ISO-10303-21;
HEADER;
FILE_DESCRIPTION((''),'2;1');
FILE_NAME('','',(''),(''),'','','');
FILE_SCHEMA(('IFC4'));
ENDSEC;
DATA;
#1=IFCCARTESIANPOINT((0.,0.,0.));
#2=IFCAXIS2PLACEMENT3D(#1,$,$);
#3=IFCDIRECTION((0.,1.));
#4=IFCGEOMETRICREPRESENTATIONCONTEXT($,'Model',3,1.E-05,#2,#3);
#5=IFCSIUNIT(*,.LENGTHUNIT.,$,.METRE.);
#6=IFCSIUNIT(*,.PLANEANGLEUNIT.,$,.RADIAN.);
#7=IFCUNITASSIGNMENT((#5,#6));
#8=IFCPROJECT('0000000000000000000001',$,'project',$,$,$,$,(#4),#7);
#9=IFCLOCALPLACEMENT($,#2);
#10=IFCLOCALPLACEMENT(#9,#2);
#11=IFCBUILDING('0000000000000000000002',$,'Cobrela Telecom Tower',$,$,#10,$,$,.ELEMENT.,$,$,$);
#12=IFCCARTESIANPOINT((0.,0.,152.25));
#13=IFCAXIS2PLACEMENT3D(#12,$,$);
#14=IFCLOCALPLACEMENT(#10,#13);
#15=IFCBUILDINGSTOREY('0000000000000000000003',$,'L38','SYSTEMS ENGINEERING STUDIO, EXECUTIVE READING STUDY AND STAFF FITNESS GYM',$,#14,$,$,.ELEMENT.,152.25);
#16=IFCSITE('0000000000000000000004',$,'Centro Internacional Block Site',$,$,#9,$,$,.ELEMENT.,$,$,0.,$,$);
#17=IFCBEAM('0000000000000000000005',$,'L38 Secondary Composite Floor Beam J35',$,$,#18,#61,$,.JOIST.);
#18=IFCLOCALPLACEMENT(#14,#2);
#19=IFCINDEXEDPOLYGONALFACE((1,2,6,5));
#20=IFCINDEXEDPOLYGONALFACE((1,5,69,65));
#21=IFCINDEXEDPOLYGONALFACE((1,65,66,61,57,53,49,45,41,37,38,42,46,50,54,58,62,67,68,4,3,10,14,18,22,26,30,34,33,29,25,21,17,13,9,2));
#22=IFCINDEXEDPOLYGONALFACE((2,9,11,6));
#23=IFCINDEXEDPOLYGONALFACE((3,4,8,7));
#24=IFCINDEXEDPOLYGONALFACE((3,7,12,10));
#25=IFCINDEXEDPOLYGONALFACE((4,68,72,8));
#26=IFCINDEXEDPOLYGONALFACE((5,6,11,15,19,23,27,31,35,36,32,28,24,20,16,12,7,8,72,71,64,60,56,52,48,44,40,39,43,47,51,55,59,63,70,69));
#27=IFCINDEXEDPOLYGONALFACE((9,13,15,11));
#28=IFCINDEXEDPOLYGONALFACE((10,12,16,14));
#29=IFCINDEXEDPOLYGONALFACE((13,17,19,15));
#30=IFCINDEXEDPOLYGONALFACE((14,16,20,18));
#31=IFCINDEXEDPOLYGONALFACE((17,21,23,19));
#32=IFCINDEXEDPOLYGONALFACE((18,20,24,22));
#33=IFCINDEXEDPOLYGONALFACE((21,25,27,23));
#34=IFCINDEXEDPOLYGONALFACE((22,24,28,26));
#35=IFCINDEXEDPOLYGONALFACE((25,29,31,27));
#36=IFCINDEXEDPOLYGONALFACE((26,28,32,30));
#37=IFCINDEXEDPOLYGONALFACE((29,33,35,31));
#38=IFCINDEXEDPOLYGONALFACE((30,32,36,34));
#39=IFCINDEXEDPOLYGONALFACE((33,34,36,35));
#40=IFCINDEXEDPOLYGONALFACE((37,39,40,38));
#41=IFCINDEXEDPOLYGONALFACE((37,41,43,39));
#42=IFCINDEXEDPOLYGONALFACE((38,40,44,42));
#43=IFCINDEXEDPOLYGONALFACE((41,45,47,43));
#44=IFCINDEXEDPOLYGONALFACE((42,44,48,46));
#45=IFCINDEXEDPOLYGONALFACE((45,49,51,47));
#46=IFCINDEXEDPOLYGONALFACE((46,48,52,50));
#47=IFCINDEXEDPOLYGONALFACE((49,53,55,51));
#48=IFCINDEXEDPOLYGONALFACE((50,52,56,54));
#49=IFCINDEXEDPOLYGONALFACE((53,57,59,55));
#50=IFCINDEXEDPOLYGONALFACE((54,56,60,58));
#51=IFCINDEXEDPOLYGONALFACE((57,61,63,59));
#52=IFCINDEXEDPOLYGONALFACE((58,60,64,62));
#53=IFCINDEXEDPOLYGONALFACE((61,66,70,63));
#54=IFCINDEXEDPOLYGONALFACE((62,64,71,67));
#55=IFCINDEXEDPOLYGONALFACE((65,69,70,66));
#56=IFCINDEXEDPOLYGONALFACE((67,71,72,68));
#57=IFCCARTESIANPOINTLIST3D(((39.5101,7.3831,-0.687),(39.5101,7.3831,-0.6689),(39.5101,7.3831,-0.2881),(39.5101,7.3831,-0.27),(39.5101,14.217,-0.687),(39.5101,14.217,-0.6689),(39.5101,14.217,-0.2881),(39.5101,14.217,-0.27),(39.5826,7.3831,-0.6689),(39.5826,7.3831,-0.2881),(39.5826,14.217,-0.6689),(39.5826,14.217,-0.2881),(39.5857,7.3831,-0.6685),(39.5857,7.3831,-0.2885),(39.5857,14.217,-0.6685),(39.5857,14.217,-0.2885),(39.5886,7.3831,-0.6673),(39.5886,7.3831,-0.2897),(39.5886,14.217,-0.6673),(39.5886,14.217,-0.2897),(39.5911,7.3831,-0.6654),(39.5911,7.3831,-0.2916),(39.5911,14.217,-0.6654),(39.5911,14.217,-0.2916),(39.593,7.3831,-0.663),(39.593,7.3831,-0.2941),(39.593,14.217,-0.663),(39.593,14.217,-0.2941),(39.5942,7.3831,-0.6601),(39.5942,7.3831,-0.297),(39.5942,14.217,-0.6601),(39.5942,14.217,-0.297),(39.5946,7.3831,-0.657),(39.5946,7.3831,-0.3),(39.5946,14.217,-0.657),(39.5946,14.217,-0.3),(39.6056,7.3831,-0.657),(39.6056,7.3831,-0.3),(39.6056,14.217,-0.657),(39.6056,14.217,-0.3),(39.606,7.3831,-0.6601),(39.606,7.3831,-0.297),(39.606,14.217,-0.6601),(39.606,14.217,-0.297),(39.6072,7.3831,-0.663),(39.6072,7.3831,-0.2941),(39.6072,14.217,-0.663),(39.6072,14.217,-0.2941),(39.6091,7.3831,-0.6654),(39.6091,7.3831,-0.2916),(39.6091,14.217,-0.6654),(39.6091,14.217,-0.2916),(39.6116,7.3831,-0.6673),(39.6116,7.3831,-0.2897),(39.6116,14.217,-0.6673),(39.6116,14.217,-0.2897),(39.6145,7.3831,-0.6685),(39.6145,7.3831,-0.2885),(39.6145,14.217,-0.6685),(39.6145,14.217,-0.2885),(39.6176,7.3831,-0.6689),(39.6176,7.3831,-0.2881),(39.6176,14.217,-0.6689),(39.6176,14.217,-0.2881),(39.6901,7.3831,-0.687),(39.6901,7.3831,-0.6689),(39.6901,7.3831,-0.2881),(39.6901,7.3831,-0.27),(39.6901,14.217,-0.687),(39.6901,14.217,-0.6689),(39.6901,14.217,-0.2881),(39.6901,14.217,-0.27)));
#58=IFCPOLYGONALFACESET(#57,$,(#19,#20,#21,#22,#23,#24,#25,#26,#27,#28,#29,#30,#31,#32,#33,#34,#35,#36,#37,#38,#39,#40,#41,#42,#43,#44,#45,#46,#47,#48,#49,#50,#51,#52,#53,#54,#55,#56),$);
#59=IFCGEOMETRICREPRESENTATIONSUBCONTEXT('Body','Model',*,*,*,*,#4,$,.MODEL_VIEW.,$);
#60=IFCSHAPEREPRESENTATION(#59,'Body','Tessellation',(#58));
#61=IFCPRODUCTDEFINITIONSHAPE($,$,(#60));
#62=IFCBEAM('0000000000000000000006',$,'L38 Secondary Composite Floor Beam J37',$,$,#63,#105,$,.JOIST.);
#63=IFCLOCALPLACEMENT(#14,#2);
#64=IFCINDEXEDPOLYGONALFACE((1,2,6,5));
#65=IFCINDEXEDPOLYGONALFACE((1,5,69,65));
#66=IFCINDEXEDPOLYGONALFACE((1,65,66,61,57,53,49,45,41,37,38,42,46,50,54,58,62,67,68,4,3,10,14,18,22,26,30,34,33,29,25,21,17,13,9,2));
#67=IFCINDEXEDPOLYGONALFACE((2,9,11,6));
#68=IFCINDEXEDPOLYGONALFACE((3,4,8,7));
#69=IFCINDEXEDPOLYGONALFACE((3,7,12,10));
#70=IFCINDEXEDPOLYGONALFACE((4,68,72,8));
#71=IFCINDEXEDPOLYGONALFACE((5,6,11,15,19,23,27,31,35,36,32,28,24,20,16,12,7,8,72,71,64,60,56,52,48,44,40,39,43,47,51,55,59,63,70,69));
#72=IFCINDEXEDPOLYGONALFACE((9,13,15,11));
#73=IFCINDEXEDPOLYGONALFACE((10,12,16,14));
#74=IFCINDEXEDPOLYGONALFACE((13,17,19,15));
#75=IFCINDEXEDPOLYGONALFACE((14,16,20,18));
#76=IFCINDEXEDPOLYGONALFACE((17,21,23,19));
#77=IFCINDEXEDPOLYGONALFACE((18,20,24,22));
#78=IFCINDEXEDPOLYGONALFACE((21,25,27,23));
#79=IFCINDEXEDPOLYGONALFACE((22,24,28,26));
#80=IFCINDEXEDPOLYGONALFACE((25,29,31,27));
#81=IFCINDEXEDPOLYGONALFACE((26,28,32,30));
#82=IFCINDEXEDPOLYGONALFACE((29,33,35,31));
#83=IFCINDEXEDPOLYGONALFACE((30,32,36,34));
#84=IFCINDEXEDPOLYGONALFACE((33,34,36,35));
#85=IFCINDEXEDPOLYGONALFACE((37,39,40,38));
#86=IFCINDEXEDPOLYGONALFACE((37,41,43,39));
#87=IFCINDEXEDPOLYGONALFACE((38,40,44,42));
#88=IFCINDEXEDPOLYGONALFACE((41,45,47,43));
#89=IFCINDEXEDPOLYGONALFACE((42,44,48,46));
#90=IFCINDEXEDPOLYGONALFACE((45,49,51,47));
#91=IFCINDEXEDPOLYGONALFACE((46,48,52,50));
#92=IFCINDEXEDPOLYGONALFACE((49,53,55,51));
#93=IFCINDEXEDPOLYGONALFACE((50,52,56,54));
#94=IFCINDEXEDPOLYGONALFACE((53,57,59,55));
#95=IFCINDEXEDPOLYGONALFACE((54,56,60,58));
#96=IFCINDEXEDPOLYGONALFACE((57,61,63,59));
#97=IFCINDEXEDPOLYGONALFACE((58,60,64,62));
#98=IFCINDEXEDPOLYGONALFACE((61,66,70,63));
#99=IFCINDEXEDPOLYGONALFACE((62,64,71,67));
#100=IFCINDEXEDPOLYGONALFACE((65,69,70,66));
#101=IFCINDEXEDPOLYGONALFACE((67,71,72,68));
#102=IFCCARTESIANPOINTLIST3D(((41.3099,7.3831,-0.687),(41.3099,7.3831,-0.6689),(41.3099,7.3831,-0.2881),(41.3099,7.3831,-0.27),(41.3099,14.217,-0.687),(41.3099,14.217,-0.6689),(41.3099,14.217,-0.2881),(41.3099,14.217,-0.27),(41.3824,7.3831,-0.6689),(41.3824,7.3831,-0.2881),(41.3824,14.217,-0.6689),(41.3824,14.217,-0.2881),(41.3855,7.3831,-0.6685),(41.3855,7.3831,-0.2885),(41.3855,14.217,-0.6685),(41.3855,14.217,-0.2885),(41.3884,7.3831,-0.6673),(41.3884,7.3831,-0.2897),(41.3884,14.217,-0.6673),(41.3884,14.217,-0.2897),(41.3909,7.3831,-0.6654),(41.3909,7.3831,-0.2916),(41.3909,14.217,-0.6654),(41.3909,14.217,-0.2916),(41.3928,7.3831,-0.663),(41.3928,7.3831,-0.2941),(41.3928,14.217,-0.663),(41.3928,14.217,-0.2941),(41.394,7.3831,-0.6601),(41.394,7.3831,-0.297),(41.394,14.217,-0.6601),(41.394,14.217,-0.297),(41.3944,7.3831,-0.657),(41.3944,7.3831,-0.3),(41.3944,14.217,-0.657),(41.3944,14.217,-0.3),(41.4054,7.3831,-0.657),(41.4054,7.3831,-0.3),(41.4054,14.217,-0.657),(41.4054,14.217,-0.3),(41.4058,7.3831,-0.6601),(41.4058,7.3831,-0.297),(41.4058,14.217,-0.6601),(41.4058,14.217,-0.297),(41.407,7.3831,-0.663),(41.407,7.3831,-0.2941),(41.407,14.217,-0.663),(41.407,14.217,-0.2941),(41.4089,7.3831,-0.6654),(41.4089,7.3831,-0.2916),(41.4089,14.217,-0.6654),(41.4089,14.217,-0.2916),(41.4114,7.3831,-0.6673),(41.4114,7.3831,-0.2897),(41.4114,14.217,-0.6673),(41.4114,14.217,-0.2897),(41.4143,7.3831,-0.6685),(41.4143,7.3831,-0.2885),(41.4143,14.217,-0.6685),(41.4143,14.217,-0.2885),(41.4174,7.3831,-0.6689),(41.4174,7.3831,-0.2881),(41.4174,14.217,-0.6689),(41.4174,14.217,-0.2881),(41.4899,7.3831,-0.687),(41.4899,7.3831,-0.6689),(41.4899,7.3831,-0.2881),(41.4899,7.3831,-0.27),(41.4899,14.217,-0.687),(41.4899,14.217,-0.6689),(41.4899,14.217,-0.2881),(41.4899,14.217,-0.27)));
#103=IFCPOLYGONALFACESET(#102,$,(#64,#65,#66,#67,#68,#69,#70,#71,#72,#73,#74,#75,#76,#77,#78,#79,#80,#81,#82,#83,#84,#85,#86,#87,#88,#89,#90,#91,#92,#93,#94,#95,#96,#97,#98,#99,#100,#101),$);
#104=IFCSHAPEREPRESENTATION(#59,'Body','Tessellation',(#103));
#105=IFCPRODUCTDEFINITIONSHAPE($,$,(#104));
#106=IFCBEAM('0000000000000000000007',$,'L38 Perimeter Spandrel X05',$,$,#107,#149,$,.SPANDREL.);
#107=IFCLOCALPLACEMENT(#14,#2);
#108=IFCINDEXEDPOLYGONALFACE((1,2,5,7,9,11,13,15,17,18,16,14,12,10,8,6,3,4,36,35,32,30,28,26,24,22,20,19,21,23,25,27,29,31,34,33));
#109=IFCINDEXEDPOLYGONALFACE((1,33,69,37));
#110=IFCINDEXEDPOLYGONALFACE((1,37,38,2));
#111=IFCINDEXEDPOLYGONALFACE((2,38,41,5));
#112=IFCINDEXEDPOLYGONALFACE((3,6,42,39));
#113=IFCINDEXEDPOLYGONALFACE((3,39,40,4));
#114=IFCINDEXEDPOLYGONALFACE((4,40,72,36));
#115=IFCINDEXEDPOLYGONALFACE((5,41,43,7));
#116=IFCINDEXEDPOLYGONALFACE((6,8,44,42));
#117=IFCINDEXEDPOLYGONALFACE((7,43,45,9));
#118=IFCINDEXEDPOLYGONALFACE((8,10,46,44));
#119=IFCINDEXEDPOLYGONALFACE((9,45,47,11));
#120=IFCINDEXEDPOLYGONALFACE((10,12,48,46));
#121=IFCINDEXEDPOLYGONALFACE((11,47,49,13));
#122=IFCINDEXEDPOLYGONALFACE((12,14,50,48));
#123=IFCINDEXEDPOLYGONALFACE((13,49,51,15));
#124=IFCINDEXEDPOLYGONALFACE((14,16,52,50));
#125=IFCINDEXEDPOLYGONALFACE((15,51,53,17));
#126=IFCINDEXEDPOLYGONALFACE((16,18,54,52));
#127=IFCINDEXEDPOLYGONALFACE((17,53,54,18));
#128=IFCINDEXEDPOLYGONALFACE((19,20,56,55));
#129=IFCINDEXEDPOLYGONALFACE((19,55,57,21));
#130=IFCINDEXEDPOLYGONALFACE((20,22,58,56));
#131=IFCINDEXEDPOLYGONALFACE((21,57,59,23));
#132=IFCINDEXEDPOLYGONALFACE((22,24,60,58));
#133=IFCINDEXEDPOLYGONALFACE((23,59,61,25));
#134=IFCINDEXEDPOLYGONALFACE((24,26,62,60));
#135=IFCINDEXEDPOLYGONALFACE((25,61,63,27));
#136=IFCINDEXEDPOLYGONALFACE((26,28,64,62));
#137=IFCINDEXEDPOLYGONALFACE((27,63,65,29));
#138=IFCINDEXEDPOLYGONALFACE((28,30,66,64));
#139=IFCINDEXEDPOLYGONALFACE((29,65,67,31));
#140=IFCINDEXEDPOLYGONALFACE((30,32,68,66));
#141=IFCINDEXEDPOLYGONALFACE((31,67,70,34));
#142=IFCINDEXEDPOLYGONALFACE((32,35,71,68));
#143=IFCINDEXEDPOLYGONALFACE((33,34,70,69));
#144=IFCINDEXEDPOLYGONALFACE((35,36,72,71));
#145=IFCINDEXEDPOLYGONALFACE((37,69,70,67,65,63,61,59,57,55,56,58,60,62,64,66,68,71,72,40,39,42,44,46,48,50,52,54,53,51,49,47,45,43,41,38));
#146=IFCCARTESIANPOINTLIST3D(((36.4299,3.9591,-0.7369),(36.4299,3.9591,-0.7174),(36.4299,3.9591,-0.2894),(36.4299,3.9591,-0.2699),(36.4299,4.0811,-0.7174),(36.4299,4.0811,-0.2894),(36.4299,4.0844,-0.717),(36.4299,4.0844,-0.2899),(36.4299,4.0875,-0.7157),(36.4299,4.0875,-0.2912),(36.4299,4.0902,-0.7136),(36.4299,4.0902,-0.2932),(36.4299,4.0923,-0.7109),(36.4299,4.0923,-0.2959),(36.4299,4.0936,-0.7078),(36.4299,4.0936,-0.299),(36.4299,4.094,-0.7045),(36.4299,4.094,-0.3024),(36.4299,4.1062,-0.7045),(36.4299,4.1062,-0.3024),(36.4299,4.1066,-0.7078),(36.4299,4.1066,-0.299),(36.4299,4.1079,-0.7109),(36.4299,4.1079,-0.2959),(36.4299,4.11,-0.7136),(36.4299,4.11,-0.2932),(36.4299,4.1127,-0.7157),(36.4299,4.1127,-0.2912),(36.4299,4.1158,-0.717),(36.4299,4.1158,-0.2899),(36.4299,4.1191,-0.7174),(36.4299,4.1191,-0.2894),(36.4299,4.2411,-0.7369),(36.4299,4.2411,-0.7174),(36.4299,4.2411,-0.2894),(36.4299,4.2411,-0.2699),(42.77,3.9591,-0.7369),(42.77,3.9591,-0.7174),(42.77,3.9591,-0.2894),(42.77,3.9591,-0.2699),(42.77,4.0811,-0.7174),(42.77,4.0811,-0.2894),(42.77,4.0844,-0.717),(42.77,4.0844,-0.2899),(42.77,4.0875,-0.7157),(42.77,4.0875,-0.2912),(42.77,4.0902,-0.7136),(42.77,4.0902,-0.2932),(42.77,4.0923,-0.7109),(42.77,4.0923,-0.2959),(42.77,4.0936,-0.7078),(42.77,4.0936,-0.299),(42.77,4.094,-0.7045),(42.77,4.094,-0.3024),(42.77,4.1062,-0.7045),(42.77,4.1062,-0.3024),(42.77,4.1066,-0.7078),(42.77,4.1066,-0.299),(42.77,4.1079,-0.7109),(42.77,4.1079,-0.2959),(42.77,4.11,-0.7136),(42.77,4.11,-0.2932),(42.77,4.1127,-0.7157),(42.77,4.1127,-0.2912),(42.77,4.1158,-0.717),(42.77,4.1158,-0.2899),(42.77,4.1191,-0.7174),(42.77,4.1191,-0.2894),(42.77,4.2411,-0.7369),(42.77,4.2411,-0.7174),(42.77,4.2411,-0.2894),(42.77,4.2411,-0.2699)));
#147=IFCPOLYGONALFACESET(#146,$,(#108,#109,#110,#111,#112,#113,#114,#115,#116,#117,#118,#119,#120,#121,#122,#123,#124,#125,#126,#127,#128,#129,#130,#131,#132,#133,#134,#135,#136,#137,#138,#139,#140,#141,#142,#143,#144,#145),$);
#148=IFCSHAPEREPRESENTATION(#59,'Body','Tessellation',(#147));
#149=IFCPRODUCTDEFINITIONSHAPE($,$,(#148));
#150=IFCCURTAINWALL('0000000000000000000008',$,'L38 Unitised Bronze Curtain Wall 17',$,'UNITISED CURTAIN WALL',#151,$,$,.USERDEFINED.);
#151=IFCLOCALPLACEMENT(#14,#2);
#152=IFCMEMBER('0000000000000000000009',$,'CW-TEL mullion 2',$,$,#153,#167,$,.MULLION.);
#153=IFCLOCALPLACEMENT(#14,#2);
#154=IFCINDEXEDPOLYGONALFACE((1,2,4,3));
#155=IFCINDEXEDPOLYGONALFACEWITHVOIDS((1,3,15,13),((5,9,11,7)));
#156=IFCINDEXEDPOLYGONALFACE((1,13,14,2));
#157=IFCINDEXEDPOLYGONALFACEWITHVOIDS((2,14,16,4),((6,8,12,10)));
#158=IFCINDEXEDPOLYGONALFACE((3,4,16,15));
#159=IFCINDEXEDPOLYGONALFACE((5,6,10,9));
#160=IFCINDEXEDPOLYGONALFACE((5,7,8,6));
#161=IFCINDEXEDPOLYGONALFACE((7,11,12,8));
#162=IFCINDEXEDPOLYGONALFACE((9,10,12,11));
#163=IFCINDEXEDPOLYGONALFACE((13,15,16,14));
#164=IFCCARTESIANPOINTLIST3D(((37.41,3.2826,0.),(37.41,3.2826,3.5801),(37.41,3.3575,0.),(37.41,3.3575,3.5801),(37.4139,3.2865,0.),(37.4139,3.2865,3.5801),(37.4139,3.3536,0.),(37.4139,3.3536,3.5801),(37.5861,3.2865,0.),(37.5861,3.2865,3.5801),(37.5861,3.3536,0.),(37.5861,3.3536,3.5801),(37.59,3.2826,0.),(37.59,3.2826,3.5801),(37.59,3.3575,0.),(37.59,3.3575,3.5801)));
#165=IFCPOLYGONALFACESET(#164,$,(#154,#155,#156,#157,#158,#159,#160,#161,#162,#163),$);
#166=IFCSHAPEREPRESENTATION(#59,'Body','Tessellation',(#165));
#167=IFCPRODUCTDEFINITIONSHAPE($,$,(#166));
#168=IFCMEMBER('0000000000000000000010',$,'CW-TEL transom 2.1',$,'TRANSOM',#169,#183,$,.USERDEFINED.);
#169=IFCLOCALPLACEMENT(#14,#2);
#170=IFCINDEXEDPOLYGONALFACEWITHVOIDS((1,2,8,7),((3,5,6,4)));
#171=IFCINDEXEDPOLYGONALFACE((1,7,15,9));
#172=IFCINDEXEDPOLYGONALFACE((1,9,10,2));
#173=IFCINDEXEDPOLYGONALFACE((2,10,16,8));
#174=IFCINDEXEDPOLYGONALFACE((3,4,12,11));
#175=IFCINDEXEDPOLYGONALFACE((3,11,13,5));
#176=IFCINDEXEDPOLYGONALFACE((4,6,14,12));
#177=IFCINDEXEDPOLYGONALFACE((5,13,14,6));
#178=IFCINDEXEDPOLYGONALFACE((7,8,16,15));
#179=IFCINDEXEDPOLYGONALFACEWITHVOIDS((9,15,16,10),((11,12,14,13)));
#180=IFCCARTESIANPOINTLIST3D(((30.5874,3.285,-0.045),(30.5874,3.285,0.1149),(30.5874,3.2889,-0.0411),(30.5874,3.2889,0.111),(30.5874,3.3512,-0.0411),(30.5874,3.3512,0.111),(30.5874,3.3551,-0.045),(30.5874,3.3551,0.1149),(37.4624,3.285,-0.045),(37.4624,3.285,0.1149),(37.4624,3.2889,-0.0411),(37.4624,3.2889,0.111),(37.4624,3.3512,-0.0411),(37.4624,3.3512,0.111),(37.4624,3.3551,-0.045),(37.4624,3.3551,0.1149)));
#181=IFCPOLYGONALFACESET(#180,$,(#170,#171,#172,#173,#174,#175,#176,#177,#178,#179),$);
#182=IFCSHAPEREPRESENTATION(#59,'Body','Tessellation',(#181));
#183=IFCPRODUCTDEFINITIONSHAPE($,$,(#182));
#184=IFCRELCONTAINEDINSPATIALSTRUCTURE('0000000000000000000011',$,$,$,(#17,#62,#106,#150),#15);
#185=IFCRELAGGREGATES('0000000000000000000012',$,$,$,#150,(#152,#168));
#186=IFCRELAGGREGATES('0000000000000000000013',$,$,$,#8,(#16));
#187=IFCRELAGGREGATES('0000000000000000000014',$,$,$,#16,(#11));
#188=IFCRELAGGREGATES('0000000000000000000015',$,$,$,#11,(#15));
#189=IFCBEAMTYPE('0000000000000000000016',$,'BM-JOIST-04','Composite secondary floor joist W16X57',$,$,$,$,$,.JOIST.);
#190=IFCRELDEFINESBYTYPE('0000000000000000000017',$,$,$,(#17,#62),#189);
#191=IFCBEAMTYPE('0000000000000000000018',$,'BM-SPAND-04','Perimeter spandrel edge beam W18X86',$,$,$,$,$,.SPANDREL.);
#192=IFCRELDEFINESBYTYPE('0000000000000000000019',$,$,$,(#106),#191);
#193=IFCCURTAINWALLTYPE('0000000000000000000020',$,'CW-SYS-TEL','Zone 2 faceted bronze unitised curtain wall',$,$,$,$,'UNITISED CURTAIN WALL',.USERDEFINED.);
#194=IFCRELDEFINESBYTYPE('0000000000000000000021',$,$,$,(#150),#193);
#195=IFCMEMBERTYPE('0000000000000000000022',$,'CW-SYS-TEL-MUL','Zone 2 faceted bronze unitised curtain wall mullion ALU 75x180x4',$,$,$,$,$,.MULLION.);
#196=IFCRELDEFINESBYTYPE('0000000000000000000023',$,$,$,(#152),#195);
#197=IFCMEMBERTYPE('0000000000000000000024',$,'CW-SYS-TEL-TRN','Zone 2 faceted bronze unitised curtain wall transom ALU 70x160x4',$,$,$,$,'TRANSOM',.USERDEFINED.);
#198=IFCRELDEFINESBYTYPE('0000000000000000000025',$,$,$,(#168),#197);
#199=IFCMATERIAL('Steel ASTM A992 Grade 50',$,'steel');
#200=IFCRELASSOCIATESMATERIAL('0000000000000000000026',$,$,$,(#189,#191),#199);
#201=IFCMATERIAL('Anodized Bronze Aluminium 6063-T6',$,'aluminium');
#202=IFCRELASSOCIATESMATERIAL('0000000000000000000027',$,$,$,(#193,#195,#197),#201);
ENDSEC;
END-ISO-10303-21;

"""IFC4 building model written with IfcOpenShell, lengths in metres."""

from ifc_helpers import new_model, si_unit, direction, frame, origin, origin_2d, place, context, subcontext, project, spatial, hollow_rectangle, i_section, extrude, material, material_profile, profile_set, type_object, element, aggregate, save


model = new_model("IFC4")

# Units and contexts
model_context = context("Model", 3, precision=1e-05, world=origin(), true_north=direction((0.0, 1.0)))
body_context = subcontext(model_context, "Body", "Model", "MODEL_VIEW")
ifc_project = project(units=[si_unit("LENGTHUNIT", "METRE"), si_unit("PLANEANGLEUNIT", "RADIAN")], contexts=[model_context])

# Site, building, storey
site_placement = place(None, origin())
site = spatial("IfcSite", under=ifc_project, at=site_placement, Name="Centro Internacional Block Site", CompositionType="ELEMENT", RefElevation=0.0)
building_placement = place(site_placement, origin())
building = spatial("IfcBuilding", under=site, at=building_placement, Name="Cobrela Telecom Tower", CompositionType="ELEMENT")
storey_placement = place(building_placement, frame((0.0, 0.0, 152.25)))
storey = spatial("IfcBuildingStorey", under=building, at=storey_placement, Name="L38", Description="SYSTEMS ENGINEERING STUDIO, EXECUTIVE READING STUDY AND STAFF FITNESS GYM", CompositionType="ELEMENT", Elevation=152.25)

# Shared definitions
ifc_material_1 = material(Name="Steel ASTM A992 Grade 50", Category="steel")

# Beams
ifc_material_profile_1 = material_profile(ifc_material_1, i_section(OverallWidth=0.1799, OverallDepth=0.417, WebThickness=0.011, FlangeThickness=0.0181, FilletRadius=0.012, at=origin_2d()), Name="W16X57")
ifc_profile_set_1 = profile_set([ifc_material_profile_1], Name="Steel ASTM A992 Grade 50")
beam_type_1 = type_object("IfcBeamType", Name="BM-JOIST-04", Description="Composite secondary floor joist W16X57", PredefinedType="JOIST", material=ifc_profile_set_1)
for number, where, z_axis, x_axis, name in (
    (1, (39.6001, 7.3831, -0.4785), (0.0, 1.0, 0.0), (-1.0, 0.0, 0.0), "L38 Secondary Composite Floor Beam J35"),
    (2, (41.3999, 7.3831, -0.4785), (0.0, 1.0, 0.0), (-1.0, 0.0, 0.0), "L38 Secondary Composite Floor Beam J37"),
):
    element("IfcBeam", number, at=place(storey_placement, frame(where, z_axis=z_axis, x_axis=x_axis)), inside=storey, type_object=beam_type_1, Name=name, PredefinedType="JOIST", context=body_context, shape_type="SweptSolid", body=[
        extrude(i_section(OverallWidth=0.1799, OverallDepth=0.417, WebThickness=0.011, FlangeThickness=0.0181, FilletRadius=0.012, at=origin_2d()), origin(), (0.0, 0.0, 1.0), 6.834),
    ])
ifc_material_profile_2 = material_profile(ifc_material_1, i_section(OverallWidth=0.282, OverallDepth=0.467, WebThickness=0.0122, FlangeThickness=0.0195, FilletRadius=0.0129, at=origin_2d()), Name="W18X86")
ifc_profile_set_2 = profile_set([ifc_material_profile_2], Name="Steel ASTM A992 Grade 50")
beam_type_2 = type_object("IfcBeamType", Name="BM-SPAND-04", Description="Perimeter spandrel edge beam W18X86", PredefinedType="SPANDREL", material=ifc_profile_set_2)
beam_1_placement = place(storey_placement, frame((36.4299, 4.1001, -0.5034), z_axis=(1.0, 0.0, 0.0), x_axis=(0.0, 1.0, 0.0)))
element("IfcBeam", 3, at=beam_1_placement, inside=storey, type_object=beam_type_2, Name="L38 Perimeter Spandrel X05", PredefinedType="SPANDREL", context=body_context, shape_type="SweptSolid", body=[
    extrude(i_section(OverallWidth=0.282, OverallDepth=0.467, WebThickness=0.0122, FlangeThickness=0.0195, FilletRadius=0.0129, at=origin_2d()), origin(), (0.0, 0.0, 1.0), 6.3401),
])

# Curtain wall, members
ifc_material_2 = material(Name="Anodized Bronze Aluminium 6063-T6", Category="aluminium")
curtain_wall_type = type_object("IfcCurtainWallType", Name="CW-SYS-TEL", Description="Zone 2 faceted bronze unitised curtain wall", ElementType="UNITISED CURTAIN WALL", PredefinedType="USERDEFINED", material=ifc_material_2)
curtain_wall_placement = place(storey_placement, origin())
curtain_wall = element("IfcCurtainWall", 4, at=curtain_wall_placement, inside=storey, type_object=curtain_wall_type, Name="L38 Unitised Bronze Curtain Wall 17", ObjectType="UNITISED CURTAIN WALL", PredefinedType="USERDEFINED")
ifc_material_profile_3 = material_profile(ifc_material_2, hollow_rectangle(XDim=0.075, YDim=0.1799, WallThickness=0.0039, at=origin_2d()), Name="ALU 75x180x4")
ifc_profile_set_3 = profile_set([ifc_material_profile_3], Name="Anodized Bronze Aluminium 6063-T6")
member_type_1 = type_object("IfcMemberType", Name="CW-SYS-TEL-MUL", Description="Zone 2 faceted bronze unitised curtain wall mullion ALU 75x180x4", PredefinedType="MULLION", material=ifc_profile_set_3)
member_1_placement = place(storey_placement, frame((37.5, 3.3201, 0.0), z_axis=(0.0, 0.0, 1.0), x_axis=(0.0, -1.0, 0.0)))
member_1 = element("IfcMember", 5, at=member_1_placement, type_object=member_type_1, Name="CW-TEL mullion 2", PredefinedType="MULLION", context=body_context, shape_type="SweptSolid", body=[
    extrude(hollow_rectangle(XDim=0.075, YDim=0.1799, WallThickness=0.0039, at=origin_2d()), origin(), (0.0, 0.0, 1.0), 3.5801),
])
ifc_material_profile_4 = material_profile(ifc_material_2, hollow_rectangle(XDim=0.0701, YDim=0.1599, WallThickness=0.0039, at=origin_2d()), Name="ALU 70x160x4")
ifc_profile_set_4 = profile_set([ifc_material_profile_4], Name="Anodized Bronze Aluminium 6063-T6")
member_type_2 = type_object("IfcMemberType", Name="CW-SYS-TEL-TRN", Description="Zone 2 faceted bronze unitised curtain wall transom ALU 70x160x4", ElementType="TRANSOM", PredefinedType="USERDEFINED", material=ifc_profile_set_4)
member_2_placement = place(storey_placement, frame((37.4624, 3.3201, 0.0349), z_axis=(-1.0, 0.0, 0.0), x_axis=(0.0, -1.0, 0.0)))
member_2 = element("IfcMember", 6, at=member_2_placement, type_object=member_type_2, Name="CW-TEL transom 2.1", ObjectType="TRANSOM", PredefinedType="USERDEFINED", context=body_context, shape_type="SweptSolid", body=[
    extrude(hollow_rectangle(XDim=0.0701, YDim=0.1599, WallThickness=0.0039, at=origin_2d()), origin(), (0.0, 0.0, 1.0), 6.875),
])
aggregate(curtain_wall, [member_1, member_2])

save(model, "model.ifc")
